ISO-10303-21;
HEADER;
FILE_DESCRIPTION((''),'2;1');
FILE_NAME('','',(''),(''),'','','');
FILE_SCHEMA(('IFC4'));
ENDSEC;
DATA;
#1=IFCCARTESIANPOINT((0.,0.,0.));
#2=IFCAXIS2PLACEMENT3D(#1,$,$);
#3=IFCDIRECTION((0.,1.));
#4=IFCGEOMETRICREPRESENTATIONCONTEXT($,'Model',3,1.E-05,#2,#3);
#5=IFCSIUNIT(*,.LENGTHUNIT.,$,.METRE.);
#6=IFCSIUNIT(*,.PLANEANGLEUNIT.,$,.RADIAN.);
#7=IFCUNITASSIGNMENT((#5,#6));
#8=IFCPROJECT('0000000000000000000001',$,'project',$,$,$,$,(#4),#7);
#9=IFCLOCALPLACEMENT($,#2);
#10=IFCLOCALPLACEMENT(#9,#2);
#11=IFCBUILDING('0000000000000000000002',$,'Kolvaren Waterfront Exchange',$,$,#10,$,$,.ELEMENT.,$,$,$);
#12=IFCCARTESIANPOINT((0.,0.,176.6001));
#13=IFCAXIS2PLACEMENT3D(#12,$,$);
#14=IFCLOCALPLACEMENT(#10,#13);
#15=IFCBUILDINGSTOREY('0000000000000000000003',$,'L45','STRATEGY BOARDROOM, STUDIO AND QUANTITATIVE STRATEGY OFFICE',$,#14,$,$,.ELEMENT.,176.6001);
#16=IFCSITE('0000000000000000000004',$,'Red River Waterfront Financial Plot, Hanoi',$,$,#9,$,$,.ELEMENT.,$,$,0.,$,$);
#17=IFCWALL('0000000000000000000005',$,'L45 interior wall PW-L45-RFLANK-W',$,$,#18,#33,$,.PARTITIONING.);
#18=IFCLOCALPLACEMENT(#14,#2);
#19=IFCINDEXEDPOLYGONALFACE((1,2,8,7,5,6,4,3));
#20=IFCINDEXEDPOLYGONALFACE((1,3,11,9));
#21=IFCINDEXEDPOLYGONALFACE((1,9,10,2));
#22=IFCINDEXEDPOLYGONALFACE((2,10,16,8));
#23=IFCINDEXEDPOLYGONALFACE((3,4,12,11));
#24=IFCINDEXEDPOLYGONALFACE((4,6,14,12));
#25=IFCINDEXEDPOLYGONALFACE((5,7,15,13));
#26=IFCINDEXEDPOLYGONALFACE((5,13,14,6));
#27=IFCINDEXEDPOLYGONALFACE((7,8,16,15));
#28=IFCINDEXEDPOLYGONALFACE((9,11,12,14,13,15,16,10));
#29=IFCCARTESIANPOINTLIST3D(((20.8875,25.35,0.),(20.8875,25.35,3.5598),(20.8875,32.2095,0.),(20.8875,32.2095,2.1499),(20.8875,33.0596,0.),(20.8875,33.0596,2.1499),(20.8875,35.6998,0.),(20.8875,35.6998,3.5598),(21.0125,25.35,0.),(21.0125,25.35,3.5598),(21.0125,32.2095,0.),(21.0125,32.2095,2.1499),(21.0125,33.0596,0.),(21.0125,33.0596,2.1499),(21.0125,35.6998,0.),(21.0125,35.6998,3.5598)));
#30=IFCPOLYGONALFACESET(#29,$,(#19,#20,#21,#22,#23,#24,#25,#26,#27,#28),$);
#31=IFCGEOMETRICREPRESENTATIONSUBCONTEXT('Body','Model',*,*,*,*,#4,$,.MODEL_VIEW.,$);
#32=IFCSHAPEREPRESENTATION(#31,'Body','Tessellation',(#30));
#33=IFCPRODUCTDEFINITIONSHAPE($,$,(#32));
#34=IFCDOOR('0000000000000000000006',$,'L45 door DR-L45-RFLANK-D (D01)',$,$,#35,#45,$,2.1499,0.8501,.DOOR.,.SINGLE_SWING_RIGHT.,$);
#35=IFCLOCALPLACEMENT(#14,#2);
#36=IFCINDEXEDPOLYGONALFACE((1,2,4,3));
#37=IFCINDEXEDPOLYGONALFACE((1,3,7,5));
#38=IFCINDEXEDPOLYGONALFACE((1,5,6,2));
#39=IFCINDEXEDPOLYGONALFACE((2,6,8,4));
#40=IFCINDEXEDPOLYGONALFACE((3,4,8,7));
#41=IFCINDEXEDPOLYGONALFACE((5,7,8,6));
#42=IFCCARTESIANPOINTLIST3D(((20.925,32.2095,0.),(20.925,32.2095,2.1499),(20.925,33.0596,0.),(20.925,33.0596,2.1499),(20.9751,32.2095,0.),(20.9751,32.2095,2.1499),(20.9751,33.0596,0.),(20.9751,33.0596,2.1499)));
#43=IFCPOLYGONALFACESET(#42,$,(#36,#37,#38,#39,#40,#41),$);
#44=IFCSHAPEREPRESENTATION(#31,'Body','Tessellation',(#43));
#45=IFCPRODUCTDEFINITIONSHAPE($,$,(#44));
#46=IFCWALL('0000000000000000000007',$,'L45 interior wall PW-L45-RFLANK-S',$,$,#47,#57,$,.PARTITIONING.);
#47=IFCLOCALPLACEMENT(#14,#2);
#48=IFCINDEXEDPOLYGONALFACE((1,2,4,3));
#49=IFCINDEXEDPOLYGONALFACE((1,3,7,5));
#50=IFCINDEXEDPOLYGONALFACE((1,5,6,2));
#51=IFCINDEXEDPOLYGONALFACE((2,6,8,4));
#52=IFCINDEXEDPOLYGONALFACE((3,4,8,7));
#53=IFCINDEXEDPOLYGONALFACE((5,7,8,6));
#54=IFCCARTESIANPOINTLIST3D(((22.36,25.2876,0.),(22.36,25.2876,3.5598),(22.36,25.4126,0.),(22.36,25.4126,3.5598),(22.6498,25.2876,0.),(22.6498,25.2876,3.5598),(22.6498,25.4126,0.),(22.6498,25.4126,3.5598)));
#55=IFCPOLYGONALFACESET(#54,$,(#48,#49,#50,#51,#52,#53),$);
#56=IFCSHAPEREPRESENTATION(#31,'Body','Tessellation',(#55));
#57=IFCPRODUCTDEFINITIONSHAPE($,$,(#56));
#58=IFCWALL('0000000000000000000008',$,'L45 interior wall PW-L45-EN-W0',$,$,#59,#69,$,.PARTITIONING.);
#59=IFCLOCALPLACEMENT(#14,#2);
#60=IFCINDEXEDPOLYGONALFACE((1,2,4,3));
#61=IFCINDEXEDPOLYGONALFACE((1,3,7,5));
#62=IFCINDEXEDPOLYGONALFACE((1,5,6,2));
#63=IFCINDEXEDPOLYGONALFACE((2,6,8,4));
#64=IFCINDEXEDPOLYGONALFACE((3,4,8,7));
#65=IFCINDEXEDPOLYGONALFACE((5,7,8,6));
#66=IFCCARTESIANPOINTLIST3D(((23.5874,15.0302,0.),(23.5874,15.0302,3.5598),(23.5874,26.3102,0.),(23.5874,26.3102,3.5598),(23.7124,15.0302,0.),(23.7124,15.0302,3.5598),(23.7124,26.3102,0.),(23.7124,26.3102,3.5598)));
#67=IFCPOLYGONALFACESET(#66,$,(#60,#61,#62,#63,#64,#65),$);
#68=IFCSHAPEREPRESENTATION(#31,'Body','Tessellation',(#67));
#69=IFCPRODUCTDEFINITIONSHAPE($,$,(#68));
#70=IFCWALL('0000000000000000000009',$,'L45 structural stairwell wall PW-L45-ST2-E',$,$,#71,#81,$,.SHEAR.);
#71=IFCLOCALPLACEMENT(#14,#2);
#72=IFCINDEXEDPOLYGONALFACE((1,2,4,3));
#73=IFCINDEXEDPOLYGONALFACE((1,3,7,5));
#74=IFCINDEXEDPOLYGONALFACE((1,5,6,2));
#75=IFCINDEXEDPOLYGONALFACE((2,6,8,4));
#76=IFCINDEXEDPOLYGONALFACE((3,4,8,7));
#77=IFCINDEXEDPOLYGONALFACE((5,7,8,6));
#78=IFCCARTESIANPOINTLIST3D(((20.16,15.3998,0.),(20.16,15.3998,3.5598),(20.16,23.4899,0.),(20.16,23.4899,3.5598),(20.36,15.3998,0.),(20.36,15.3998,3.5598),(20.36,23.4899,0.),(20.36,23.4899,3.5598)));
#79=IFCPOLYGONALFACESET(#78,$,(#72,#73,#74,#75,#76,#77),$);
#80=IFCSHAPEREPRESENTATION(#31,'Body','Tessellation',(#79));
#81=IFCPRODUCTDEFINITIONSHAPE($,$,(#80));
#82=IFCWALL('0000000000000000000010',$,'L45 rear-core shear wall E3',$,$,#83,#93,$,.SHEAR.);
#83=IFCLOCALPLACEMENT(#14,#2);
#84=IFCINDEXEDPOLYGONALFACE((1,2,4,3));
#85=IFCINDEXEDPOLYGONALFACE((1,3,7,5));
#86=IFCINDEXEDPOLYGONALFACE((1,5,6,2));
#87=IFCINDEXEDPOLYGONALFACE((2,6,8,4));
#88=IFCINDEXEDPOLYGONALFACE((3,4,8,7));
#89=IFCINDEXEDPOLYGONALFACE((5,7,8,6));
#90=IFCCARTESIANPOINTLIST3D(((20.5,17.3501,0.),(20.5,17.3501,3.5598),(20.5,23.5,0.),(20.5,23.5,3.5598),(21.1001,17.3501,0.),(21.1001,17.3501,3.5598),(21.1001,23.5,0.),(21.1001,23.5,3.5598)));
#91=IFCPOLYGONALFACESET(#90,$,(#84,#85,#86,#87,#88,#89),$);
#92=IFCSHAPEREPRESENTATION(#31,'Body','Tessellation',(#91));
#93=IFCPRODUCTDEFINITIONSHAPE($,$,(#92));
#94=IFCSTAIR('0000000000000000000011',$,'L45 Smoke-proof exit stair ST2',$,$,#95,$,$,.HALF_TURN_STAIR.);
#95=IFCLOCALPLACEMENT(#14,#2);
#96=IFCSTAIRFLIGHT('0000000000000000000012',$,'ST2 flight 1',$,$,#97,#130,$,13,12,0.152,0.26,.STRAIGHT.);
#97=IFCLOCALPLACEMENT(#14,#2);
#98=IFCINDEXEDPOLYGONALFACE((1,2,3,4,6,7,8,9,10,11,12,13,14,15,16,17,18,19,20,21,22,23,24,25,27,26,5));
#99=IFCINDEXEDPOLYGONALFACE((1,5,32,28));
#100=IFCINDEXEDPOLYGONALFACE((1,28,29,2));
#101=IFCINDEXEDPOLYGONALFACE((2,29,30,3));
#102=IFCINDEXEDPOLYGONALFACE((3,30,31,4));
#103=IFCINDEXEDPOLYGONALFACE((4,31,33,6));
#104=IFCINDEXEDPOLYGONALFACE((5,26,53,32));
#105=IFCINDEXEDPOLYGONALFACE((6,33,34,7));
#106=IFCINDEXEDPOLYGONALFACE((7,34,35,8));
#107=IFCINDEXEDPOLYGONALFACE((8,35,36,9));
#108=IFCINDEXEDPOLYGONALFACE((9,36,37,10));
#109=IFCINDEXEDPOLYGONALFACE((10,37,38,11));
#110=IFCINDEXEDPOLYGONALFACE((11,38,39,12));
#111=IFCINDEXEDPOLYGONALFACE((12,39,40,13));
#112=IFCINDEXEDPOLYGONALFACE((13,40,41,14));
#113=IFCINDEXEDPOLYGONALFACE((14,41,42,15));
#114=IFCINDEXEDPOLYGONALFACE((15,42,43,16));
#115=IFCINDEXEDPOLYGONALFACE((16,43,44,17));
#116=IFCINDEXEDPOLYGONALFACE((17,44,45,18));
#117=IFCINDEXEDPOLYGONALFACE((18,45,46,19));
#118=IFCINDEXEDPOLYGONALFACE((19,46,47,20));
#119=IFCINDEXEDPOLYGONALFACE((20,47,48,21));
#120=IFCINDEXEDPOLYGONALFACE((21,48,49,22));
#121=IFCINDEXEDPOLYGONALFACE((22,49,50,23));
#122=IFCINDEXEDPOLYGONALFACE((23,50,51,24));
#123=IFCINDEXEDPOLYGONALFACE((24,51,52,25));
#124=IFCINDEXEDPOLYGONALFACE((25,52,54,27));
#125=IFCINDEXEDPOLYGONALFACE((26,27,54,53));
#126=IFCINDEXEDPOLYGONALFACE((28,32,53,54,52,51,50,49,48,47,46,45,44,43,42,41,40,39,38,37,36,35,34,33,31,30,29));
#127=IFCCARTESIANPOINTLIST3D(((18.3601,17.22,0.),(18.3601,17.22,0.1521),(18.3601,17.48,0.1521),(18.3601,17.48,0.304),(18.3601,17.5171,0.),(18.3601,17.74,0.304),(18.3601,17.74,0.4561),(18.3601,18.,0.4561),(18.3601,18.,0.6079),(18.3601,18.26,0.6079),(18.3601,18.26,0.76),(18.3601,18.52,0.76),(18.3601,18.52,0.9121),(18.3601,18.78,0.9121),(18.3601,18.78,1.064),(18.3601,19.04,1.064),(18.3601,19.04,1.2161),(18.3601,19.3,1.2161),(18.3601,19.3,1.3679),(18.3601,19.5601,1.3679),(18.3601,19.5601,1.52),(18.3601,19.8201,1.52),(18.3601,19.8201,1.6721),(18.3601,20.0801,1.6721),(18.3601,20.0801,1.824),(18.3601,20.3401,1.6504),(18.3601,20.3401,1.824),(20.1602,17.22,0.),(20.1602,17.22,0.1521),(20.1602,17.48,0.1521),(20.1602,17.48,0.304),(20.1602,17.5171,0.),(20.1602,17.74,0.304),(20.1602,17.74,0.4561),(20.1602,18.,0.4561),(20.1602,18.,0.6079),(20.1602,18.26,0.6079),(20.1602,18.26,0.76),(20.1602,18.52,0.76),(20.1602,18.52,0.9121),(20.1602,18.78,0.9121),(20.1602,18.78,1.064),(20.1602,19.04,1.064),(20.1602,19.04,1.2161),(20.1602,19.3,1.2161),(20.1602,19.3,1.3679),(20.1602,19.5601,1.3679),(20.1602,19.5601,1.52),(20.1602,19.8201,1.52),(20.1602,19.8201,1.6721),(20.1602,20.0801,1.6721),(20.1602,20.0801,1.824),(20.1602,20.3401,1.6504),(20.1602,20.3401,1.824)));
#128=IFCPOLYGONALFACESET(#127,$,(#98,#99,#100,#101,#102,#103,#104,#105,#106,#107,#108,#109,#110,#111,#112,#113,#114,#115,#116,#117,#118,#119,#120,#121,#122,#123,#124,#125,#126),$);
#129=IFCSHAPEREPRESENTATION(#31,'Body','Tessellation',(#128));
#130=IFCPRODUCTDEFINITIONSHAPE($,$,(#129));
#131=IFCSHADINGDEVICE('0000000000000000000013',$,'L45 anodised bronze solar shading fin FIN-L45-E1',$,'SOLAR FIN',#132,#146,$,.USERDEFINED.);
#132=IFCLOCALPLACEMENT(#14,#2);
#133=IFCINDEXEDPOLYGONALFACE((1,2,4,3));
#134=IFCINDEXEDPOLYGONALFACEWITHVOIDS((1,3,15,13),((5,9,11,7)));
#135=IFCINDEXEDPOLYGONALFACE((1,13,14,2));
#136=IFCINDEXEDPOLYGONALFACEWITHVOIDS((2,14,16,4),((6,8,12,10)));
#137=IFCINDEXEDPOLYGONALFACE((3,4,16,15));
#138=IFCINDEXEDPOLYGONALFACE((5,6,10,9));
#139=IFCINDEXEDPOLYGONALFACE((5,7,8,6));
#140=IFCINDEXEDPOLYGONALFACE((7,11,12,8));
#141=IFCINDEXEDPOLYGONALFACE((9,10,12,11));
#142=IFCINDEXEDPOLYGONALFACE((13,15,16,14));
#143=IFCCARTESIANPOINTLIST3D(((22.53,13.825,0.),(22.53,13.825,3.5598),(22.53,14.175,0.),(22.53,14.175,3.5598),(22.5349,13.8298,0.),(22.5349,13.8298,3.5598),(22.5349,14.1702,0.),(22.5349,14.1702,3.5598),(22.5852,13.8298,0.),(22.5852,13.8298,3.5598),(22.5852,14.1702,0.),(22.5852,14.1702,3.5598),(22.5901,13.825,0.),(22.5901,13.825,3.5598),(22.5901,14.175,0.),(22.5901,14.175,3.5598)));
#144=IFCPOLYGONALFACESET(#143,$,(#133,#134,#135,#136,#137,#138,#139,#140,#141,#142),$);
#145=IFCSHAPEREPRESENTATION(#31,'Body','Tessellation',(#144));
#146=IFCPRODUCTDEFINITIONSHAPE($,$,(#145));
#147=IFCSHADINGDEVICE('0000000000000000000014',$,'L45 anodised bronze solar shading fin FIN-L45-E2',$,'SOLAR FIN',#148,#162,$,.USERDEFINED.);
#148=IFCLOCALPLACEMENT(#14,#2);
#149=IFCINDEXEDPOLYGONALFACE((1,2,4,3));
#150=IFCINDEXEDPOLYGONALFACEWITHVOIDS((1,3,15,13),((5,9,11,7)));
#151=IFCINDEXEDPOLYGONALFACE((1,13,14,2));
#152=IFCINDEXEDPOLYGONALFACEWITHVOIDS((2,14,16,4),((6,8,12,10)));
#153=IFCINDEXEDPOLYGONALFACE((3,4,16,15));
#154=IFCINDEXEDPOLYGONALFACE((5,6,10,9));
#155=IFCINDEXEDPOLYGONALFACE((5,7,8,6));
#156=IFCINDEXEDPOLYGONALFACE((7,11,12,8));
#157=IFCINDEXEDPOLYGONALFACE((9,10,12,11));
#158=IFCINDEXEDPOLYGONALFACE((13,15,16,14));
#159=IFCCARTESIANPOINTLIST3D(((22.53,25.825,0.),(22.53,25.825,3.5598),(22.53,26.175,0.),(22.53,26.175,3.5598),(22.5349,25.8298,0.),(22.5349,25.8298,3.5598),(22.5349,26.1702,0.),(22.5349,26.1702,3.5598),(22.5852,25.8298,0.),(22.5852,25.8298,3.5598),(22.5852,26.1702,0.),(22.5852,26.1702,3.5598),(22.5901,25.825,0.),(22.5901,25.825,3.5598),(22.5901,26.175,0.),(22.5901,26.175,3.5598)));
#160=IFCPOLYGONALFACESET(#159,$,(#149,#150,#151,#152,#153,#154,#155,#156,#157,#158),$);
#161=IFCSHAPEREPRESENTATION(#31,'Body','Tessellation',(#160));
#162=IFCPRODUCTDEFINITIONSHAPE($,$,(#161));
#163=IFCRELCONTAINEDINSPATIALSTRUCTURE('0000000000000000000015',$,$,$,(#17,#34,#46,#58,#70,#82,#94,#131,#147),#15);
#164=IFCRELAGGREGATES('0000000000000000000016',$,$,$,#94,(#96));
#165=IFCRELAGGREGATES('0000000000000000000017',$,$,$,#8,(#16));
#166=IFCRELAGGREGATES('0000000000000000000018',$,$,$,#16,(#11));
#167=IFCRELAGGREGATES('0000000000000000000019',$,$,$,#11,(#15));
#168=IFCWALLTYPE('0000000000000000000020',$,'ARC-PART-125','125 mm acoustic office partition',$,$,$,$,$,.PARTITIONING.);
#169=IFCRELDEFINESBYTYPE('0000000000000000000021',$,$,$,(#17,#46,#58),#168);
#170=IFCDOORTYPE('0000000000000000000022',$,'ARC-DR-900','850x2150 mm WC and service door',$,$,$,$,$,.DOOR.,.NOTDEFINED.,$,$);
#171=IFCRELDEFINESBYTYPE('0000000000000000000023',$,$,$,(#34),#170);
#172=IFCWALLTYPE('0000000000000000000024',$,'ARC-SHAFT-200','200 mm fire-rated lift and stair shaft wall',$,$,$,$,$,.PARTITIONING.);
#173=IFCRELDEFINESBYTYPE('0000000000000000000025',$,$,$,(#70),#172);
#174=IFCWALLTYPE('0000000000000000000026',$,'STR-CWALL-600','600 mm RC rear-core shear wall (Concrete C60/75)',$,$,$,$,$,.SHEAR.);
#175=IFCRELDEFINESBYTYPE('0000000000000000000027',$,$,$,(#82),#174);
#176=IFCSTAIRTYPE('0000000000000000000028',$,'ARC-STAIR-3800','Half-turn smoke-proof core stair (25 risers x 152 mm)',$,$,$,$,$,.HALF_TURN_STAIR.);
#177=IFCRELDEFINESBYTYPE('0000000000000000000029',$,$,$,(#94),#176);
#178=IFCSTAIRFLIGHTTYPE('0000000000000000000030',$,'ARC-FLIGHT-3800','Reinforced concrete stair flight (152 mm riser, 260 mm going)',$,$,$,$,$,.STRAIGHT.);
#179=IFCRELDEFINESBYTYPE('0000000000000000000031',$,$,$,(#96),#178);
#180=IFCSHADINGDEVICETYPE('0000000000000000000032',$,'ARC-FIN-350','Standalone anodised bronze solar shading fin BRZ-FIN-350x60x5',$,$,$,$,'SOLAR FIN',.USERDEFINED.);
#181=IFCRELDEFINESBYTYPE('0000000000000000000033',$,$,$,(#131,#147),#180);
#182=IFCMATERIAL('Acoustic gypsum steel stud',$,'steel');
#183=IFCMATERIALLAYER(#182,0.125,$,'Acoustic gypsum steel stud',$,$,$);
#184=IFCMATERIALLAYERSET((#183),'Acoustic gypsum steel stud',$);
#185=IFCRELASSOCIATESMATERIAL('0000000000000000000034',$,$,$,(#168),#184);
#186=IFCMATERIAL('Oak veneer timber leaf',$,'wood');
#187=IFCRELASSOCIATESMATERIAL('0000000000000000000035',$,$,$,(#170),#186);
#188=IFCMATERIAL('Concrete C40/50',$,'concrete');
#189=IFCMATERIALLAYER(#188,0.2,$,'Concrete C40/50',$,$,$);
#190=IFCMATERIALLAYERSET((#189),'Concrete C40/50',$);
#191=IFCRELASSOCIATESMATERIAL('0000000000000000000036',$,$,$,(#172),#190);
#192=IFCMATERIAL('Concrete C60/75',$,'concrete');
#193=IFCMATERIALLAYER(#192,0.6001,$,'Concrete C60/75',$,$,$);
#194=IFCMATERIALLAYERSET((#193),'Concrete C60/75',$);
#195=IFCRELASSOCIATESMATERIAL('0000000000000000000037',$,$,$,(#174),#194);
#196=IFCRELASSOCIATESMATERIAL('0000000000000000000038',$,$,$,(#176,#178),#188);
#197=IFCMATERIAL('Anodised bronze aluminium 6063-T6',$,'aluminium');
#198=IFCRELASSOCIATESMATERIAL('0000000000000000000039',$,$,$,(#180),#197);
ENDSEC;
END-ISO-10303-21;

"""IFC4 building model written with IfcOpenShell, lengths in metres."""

from ifc_helpers import new_model, si_unit, direction, frame, frame_2d, origin, origin_2d, place, context, subcontext, project, spatial, polyline, rectangle, hollow_rectangle, outline, extrude, material, layer, layer_set, material_profile, profile_set, type_object, element, fill, aggregate, save


model = new_model("IFC4")

# Units and contexts
model_context = context("Model", 3, precision=1e-05, world=origin(), true_north=direction((0.0, 1.0)))
body_context = subcontext(model_context, "Body", "Model", "MODEL_VIEW")
ifc_project = project(units=[si_unit("LENGTHUNIT", "METRE"), si_unit("PLANEANGLEUNIT", "RADIAN")], contexts=[model_context])

# Site, building, storey
site_placement = place(None, origin())
site = spatial("IfcSite", under=ifc_project, at=site_placement, Name="Red River Waterfront Financial Plot, Hanoi", CompositionType="ELEMENT", RefElevation=0.0)
building_placement = place(site_placement, origin())
building = spatial("IfcBuilding", under=site, at=building_placement, Name="Kolvaren Waterfront Exchange", CompositionType="ELEMENT")
storey_placement = place(building_placement, frame((0.0, 0.0, 176.6001)))
storey = spatial("IfcBuildingStorey", under=building, at=storey_placement, Name="L45", Description="STRATEGY BOARDROOM, STUDIO AND QUANTITATIVE STRATEGY OFFICE", CompositionType="ELEMENT", Elevation=176.6001)

# Shared definitions
ifc_material_1 = material(Name="Concrete C60/75", Category="concrete")

# Shared definitions
ifc_material_2 = material(Name="Anodised bronze aluminium 6063-T6", Category="aluminium")

# Wall, opening, door
ifc_material_3 = material(Name="Acoustic gypsum steel stud", Category="steel")
ifc_layer_1 = layer(ifc_material_3, 0.125, Name="Acoustic gypsum steel stud")
ifc_layer_set_1 = layer_set([ifc_layer_1], Name="Acoustic gypsum steel stud")
wall_type_1 = type_object("IfcWallType", Name="ARC-PART-125", Description="125 mm acoustic office partition", PredefinedType="PARTITIONING", material=ifc_layer_set_1)
wall_1_placement = place(storey_placement, frame((20.95, 25.3501, 0.0), z_axis=(0.0, 0.0, 1.0), x_axis=(0.0, 1.0, 0.0)))
wall_1 = element("IfcWall", 1, at=wall_1_placement, inside=storey, type_object=wall_type_1, Name="L45 interior wall PW-L45-RFLANK-W", PredefinedType="PARTITIONING", context=body_context, shape_type="SweptSolid", body=[
    extrude(rectangle(XDim=10.3499, YDim=0.125, at=frame_2d((5.1748, 0.0))), origin(), (0.0, 0.0, 1.0), 3.5598),
])
opening_1_placement = place(wall_1_placement, frame((6.8594, 0.0, 0.0)))
opening_1 = element("IfcOpeningElement", 2, at=opening_1_placement, cuts=wall_1, PredefinedType="OPENING", context=body_context, shape_type="SweptSolid", body=[
    extrude(rectangle(XDim=0.8501, YDim=2.1499, at=frame_2d((0.425, 1.075))), frame((0.0, 0.0725, 0.0), z_axis=(0.0, -1.0, 0.0), x_axis=(1.0, 0.0, 0.0)), (0.0, 0.0, 1.0), 0.145),
])
ifc_material_4 = material(Name="Oak veneer timber leaf", Category="wood")
door_type_1 = type_object("IfcDoorType", Name="ARC-DR-900", Description="850x2150 mm WC and service door", OperationType="NOTDEFINED", PredefinedType="DOOR", material=ifc_material_4)
door_1_placement = place(opening_1_placement, origin())
door_1 = element("IfcDoor", 3, at=door_1_placement, inside=storey, type_object=door_type_1, Name="L45 door DR-L45-RFLANK-D (D01)", OperationType="SINGLE_SWING_RIGHT", OverallHeight=2.1499, OverallWidth=0.8501, PredefinedType="DOOR", context=body_context, shape_type="SweptSolid", body=[
    extrude(rectangle(XDim=0.8501, YDim=2.1499, at=frame_2d((0.425, 1.075))), frame((0.0, 0.0249, 0.0), z_axis=(0.0, -1.0, 0.0), x_axis=(1.0, 0.0, 0.0)), (0.0, 0.0, 1.0), 0.05),
])
fill(opening_1, door_1)

# Walls
wall_2_placement = place(storey_placement, frame((22.6499, 25.3501, 0.0), z_axis=(0.0, 0.0, 1.0), x_axis=(-1.0, 0.0, 0.0)))
element("IfcWall", 4, at=wall_2_placement, inside=storey, type_object=wall_type_1, Name="L45 interior wall PW-L45-RFLANK-S", PredefinedType="PARTITIONING", context=body_context, shape_type="SweptSolid", body=[
    extrude(rectangle(XDim=0.2898, YDim=0.125, at=frame_2d((0.145, 0.0))), origin(), (0.0, 0.0, 1.0), 3.5598),
])
wall_3_placement = place(storey_placement, frame((23.6499, 15.03, 0.0), z_axis=(0.0, 0.0, 1.0), x_axis=(0.0, 1.0, 0.0)))
element("IfcWall", 5, at=wall_3_placement, inside=storey, type_object=wall_type_1, Name="L45 interior wall PW-L45-EN-W0", PredefinedType="PARTITIONING", context=body_context, shape_type="SweptSolid", body=[
    extrude(rectangle(XDim=11.28, YDim=0.125, at=frame_2d((5.6401, 0.0))), origin(), (0.0, 0.0, 1.0), 3.5598),
])
ifc_material_5 = material(Name="Concrete C40/50", Category="concrete")
ifc_layer_2 = layer(ifc_material_5, 0.2, Name="Concrete C40/50")
ifc_layer_set_2 = layer_set([ifc_layer_2], Name="Concrete C40/50")
wall_type_2 = type_object("IfcWallType", Name="ARC-SHAFT-200", Description="200 mm fire-rated lift and stair shaft wall", PredefinedType="PARTITIONING", material=ifc_layer_set_2)
wall_4_placement = place(storey_placement, frame((20.26, 15.3999, 0.0), z_axis=(0.0, 0.0, 1.0), x_axis=(0.0, 1.0, 0.0)))
element("IfcWall", 6, at=wall_4_placement, inside=storey, type_object=wall_type_2, Name="L45 structural stairwell wall PW-L45-ST2-E", PredefinedType="SHEAR", context=body_context, shape_type="SweptSolid", body=[
    extrude(rectangle(XDim=8.0901, YDim=0.2, at=frame_2d((4.0449, 0.0))), origin(), (0.0, 0.0, 1.0), 3.5598),
])
ifc_layer_3 = layer(ifc_material_1, 0.6001, Name="Concrete C60/75")
ifc_layer_set_3 = layer_set([ifc_layer_3], Name="Concrete C60/75")
wall_type_3 = type_object("IfcWallType", Name="STR-CWALL-600", Description="600 mm RC rear-core shear wall (Concrete C60/75)", PredefinedType="SHEAR", material=ifc_layer_set_3)
wall_5_placement = place(storey_placement, frame((20.8, 17.3501, 0.0), z_axis=(0.0, 0.0, 1.0), x_axis=(0.0, 1.0, 0.0)))
element("IfcWall", 7, at=wall_5_placement, inside=storey, type_object=wall_type_3, Name="L45 rear-core shear wall E3", PredefinedType="SHEAR", context=body_context, shape_type="SweptSolid", body=[
    extrude(rectangle(XDim=6.1499, YDim=0.6001, at=frame_2d((3.075, 0.0))), origin(), (0.0, 0.0, 1.0), 3.5598),
])

# Stair, stair flight
stair_type = type_object("IfcStairType", Name="ARC-STAIR-3800", Description="Half-turn smoke-proof core stair (25 risers x 152 mm)", PredefinedType="HALF_TURN_STAIR", material=ifc_material_5)
stair_placement = place(storey_placement, origin())
stair = element("IfcStair", 8, at=stair_placement, inside=storey, type_object=stair_type, Name="L45 Smoke-proof exit stair ST2", PredefinedType="HALF_TURN_STAIR")
stair_flight_type = type_object("IfcStairFlightType", Name="ARC-FLIGHT-3800", Description="Reinforced concrete stair flight (152 mm riser, 260 mm going)", PredefinedType="STRAIGHT", material=ifc_material_5)
stair_flight_placement = place(storey_placement, frame((19.26, 17.22, 0.0), z_axis=(0.0, 0.0, 1.0), x_axis=(0.0, 1.0, 0.0)))
stair_flight = element("IfcStairFlight", 9, at=stair_flight_placement, type_object=stair_flight_type, Name="ST2 flight 1", NumberOfRisers=13, NumberOfTreads=12, PredefinedType="STRAIGHT", RiserHeight=0.152, TreadLength=0.26, context=body_context, shape_type="SweptSolid", body=[
    extrude(outline(polyline([(0.0, 0.0), (0.0, 0.1521), (0.26, 0.1521), (0.26, 0.304), (0.52, 0.304), (0.52, 0.4561), (0.78, 0.4561), (0.78, 0.6079), (1.04, 0.6079), (1.04, 0.76), (1.3, 0.76), (1.3, 0.9121), (1.5601, 0.9121), (1.5601, 1.064), (1.8201, 1.064), (1.8201, 1.2161), (2.0801, 1.2161), (2.0801, 1.3679), (2.3401, 1.3679), (2.3401, 1.52), (2.6001, 1.52), (2.6001, 1.6721), (2.8601, 1.6721), (2.8601, 1.824), (3.1201, 1.824), (3.1201, 1.9761), (3.1201, 1.6504), (0.2971, 0.0), (0.0, 0.0)])), frame((0.0, 0.8999, 0.0), z_axis=(0.0, -1.0, 0.0), x_axis=(1.0, 0.0, 0.0)), (0.0, 0.0, 1.0), 1.8),
])
aggregate(stair, [stair_flight])

# Shading devices
ifc_material_profile_1 = material_profile(ifc_material_2, hollow_rectangle(XDim=0.0601, YDim=0.3501, WallThickness=0.0049, at=origin_2d()), Name="BRZ-FIN-350x60x5")
ifc_profile_set_1 = profile_set([ifc_material_profile_1], Name="Anodised bronze aluminium 6063-T6")
shading_device_type = type_object("IfcShadingDeviceType", Name="ARC-FIN-350", Description="Standalone anodised bronze solar shading fin BRZ-FIN-350x60x5", ElementType="SOLAR FIN", PredefinedType="USERDEFINED", material=ifc_profile_set_1)
for number, where, z_axis, x_axis, name in (
    (10, (22.5601, 14.0, 0.0), (0.0, 0.0, 1.0), (1.0, 0.0, 0.0), "L45 anodised bronze solar shading fin FIN-L45-E1"),
    (11, (22.5601, 26.0, 0.0), (0.0, 0.0, 1.0), (1.0, 0.0, 0.0), "L45 anodised bronze solar shading fin FIN-L45-E2"),
):
    element("IfcShadingDevice", number, at=place(storey_placement, frame(where, z_axis=z_axis, x_axis=x_axis)), inside=storey, type_object=shading_device_type, Name=name, ObjectType="SOLAR FIN", PredefinedType="USERDEFINED", context=body_context, shape_type="SweptSolid", body=[
        extrude(hollow_rectangle(XDim=0.0601, YDim=0.3501, WallThickness=0.0049, at=origin_2d()), origin(), (0.0, 0.0, 1.0), 3.5598),
    ])

save(model, "model.ifc")
